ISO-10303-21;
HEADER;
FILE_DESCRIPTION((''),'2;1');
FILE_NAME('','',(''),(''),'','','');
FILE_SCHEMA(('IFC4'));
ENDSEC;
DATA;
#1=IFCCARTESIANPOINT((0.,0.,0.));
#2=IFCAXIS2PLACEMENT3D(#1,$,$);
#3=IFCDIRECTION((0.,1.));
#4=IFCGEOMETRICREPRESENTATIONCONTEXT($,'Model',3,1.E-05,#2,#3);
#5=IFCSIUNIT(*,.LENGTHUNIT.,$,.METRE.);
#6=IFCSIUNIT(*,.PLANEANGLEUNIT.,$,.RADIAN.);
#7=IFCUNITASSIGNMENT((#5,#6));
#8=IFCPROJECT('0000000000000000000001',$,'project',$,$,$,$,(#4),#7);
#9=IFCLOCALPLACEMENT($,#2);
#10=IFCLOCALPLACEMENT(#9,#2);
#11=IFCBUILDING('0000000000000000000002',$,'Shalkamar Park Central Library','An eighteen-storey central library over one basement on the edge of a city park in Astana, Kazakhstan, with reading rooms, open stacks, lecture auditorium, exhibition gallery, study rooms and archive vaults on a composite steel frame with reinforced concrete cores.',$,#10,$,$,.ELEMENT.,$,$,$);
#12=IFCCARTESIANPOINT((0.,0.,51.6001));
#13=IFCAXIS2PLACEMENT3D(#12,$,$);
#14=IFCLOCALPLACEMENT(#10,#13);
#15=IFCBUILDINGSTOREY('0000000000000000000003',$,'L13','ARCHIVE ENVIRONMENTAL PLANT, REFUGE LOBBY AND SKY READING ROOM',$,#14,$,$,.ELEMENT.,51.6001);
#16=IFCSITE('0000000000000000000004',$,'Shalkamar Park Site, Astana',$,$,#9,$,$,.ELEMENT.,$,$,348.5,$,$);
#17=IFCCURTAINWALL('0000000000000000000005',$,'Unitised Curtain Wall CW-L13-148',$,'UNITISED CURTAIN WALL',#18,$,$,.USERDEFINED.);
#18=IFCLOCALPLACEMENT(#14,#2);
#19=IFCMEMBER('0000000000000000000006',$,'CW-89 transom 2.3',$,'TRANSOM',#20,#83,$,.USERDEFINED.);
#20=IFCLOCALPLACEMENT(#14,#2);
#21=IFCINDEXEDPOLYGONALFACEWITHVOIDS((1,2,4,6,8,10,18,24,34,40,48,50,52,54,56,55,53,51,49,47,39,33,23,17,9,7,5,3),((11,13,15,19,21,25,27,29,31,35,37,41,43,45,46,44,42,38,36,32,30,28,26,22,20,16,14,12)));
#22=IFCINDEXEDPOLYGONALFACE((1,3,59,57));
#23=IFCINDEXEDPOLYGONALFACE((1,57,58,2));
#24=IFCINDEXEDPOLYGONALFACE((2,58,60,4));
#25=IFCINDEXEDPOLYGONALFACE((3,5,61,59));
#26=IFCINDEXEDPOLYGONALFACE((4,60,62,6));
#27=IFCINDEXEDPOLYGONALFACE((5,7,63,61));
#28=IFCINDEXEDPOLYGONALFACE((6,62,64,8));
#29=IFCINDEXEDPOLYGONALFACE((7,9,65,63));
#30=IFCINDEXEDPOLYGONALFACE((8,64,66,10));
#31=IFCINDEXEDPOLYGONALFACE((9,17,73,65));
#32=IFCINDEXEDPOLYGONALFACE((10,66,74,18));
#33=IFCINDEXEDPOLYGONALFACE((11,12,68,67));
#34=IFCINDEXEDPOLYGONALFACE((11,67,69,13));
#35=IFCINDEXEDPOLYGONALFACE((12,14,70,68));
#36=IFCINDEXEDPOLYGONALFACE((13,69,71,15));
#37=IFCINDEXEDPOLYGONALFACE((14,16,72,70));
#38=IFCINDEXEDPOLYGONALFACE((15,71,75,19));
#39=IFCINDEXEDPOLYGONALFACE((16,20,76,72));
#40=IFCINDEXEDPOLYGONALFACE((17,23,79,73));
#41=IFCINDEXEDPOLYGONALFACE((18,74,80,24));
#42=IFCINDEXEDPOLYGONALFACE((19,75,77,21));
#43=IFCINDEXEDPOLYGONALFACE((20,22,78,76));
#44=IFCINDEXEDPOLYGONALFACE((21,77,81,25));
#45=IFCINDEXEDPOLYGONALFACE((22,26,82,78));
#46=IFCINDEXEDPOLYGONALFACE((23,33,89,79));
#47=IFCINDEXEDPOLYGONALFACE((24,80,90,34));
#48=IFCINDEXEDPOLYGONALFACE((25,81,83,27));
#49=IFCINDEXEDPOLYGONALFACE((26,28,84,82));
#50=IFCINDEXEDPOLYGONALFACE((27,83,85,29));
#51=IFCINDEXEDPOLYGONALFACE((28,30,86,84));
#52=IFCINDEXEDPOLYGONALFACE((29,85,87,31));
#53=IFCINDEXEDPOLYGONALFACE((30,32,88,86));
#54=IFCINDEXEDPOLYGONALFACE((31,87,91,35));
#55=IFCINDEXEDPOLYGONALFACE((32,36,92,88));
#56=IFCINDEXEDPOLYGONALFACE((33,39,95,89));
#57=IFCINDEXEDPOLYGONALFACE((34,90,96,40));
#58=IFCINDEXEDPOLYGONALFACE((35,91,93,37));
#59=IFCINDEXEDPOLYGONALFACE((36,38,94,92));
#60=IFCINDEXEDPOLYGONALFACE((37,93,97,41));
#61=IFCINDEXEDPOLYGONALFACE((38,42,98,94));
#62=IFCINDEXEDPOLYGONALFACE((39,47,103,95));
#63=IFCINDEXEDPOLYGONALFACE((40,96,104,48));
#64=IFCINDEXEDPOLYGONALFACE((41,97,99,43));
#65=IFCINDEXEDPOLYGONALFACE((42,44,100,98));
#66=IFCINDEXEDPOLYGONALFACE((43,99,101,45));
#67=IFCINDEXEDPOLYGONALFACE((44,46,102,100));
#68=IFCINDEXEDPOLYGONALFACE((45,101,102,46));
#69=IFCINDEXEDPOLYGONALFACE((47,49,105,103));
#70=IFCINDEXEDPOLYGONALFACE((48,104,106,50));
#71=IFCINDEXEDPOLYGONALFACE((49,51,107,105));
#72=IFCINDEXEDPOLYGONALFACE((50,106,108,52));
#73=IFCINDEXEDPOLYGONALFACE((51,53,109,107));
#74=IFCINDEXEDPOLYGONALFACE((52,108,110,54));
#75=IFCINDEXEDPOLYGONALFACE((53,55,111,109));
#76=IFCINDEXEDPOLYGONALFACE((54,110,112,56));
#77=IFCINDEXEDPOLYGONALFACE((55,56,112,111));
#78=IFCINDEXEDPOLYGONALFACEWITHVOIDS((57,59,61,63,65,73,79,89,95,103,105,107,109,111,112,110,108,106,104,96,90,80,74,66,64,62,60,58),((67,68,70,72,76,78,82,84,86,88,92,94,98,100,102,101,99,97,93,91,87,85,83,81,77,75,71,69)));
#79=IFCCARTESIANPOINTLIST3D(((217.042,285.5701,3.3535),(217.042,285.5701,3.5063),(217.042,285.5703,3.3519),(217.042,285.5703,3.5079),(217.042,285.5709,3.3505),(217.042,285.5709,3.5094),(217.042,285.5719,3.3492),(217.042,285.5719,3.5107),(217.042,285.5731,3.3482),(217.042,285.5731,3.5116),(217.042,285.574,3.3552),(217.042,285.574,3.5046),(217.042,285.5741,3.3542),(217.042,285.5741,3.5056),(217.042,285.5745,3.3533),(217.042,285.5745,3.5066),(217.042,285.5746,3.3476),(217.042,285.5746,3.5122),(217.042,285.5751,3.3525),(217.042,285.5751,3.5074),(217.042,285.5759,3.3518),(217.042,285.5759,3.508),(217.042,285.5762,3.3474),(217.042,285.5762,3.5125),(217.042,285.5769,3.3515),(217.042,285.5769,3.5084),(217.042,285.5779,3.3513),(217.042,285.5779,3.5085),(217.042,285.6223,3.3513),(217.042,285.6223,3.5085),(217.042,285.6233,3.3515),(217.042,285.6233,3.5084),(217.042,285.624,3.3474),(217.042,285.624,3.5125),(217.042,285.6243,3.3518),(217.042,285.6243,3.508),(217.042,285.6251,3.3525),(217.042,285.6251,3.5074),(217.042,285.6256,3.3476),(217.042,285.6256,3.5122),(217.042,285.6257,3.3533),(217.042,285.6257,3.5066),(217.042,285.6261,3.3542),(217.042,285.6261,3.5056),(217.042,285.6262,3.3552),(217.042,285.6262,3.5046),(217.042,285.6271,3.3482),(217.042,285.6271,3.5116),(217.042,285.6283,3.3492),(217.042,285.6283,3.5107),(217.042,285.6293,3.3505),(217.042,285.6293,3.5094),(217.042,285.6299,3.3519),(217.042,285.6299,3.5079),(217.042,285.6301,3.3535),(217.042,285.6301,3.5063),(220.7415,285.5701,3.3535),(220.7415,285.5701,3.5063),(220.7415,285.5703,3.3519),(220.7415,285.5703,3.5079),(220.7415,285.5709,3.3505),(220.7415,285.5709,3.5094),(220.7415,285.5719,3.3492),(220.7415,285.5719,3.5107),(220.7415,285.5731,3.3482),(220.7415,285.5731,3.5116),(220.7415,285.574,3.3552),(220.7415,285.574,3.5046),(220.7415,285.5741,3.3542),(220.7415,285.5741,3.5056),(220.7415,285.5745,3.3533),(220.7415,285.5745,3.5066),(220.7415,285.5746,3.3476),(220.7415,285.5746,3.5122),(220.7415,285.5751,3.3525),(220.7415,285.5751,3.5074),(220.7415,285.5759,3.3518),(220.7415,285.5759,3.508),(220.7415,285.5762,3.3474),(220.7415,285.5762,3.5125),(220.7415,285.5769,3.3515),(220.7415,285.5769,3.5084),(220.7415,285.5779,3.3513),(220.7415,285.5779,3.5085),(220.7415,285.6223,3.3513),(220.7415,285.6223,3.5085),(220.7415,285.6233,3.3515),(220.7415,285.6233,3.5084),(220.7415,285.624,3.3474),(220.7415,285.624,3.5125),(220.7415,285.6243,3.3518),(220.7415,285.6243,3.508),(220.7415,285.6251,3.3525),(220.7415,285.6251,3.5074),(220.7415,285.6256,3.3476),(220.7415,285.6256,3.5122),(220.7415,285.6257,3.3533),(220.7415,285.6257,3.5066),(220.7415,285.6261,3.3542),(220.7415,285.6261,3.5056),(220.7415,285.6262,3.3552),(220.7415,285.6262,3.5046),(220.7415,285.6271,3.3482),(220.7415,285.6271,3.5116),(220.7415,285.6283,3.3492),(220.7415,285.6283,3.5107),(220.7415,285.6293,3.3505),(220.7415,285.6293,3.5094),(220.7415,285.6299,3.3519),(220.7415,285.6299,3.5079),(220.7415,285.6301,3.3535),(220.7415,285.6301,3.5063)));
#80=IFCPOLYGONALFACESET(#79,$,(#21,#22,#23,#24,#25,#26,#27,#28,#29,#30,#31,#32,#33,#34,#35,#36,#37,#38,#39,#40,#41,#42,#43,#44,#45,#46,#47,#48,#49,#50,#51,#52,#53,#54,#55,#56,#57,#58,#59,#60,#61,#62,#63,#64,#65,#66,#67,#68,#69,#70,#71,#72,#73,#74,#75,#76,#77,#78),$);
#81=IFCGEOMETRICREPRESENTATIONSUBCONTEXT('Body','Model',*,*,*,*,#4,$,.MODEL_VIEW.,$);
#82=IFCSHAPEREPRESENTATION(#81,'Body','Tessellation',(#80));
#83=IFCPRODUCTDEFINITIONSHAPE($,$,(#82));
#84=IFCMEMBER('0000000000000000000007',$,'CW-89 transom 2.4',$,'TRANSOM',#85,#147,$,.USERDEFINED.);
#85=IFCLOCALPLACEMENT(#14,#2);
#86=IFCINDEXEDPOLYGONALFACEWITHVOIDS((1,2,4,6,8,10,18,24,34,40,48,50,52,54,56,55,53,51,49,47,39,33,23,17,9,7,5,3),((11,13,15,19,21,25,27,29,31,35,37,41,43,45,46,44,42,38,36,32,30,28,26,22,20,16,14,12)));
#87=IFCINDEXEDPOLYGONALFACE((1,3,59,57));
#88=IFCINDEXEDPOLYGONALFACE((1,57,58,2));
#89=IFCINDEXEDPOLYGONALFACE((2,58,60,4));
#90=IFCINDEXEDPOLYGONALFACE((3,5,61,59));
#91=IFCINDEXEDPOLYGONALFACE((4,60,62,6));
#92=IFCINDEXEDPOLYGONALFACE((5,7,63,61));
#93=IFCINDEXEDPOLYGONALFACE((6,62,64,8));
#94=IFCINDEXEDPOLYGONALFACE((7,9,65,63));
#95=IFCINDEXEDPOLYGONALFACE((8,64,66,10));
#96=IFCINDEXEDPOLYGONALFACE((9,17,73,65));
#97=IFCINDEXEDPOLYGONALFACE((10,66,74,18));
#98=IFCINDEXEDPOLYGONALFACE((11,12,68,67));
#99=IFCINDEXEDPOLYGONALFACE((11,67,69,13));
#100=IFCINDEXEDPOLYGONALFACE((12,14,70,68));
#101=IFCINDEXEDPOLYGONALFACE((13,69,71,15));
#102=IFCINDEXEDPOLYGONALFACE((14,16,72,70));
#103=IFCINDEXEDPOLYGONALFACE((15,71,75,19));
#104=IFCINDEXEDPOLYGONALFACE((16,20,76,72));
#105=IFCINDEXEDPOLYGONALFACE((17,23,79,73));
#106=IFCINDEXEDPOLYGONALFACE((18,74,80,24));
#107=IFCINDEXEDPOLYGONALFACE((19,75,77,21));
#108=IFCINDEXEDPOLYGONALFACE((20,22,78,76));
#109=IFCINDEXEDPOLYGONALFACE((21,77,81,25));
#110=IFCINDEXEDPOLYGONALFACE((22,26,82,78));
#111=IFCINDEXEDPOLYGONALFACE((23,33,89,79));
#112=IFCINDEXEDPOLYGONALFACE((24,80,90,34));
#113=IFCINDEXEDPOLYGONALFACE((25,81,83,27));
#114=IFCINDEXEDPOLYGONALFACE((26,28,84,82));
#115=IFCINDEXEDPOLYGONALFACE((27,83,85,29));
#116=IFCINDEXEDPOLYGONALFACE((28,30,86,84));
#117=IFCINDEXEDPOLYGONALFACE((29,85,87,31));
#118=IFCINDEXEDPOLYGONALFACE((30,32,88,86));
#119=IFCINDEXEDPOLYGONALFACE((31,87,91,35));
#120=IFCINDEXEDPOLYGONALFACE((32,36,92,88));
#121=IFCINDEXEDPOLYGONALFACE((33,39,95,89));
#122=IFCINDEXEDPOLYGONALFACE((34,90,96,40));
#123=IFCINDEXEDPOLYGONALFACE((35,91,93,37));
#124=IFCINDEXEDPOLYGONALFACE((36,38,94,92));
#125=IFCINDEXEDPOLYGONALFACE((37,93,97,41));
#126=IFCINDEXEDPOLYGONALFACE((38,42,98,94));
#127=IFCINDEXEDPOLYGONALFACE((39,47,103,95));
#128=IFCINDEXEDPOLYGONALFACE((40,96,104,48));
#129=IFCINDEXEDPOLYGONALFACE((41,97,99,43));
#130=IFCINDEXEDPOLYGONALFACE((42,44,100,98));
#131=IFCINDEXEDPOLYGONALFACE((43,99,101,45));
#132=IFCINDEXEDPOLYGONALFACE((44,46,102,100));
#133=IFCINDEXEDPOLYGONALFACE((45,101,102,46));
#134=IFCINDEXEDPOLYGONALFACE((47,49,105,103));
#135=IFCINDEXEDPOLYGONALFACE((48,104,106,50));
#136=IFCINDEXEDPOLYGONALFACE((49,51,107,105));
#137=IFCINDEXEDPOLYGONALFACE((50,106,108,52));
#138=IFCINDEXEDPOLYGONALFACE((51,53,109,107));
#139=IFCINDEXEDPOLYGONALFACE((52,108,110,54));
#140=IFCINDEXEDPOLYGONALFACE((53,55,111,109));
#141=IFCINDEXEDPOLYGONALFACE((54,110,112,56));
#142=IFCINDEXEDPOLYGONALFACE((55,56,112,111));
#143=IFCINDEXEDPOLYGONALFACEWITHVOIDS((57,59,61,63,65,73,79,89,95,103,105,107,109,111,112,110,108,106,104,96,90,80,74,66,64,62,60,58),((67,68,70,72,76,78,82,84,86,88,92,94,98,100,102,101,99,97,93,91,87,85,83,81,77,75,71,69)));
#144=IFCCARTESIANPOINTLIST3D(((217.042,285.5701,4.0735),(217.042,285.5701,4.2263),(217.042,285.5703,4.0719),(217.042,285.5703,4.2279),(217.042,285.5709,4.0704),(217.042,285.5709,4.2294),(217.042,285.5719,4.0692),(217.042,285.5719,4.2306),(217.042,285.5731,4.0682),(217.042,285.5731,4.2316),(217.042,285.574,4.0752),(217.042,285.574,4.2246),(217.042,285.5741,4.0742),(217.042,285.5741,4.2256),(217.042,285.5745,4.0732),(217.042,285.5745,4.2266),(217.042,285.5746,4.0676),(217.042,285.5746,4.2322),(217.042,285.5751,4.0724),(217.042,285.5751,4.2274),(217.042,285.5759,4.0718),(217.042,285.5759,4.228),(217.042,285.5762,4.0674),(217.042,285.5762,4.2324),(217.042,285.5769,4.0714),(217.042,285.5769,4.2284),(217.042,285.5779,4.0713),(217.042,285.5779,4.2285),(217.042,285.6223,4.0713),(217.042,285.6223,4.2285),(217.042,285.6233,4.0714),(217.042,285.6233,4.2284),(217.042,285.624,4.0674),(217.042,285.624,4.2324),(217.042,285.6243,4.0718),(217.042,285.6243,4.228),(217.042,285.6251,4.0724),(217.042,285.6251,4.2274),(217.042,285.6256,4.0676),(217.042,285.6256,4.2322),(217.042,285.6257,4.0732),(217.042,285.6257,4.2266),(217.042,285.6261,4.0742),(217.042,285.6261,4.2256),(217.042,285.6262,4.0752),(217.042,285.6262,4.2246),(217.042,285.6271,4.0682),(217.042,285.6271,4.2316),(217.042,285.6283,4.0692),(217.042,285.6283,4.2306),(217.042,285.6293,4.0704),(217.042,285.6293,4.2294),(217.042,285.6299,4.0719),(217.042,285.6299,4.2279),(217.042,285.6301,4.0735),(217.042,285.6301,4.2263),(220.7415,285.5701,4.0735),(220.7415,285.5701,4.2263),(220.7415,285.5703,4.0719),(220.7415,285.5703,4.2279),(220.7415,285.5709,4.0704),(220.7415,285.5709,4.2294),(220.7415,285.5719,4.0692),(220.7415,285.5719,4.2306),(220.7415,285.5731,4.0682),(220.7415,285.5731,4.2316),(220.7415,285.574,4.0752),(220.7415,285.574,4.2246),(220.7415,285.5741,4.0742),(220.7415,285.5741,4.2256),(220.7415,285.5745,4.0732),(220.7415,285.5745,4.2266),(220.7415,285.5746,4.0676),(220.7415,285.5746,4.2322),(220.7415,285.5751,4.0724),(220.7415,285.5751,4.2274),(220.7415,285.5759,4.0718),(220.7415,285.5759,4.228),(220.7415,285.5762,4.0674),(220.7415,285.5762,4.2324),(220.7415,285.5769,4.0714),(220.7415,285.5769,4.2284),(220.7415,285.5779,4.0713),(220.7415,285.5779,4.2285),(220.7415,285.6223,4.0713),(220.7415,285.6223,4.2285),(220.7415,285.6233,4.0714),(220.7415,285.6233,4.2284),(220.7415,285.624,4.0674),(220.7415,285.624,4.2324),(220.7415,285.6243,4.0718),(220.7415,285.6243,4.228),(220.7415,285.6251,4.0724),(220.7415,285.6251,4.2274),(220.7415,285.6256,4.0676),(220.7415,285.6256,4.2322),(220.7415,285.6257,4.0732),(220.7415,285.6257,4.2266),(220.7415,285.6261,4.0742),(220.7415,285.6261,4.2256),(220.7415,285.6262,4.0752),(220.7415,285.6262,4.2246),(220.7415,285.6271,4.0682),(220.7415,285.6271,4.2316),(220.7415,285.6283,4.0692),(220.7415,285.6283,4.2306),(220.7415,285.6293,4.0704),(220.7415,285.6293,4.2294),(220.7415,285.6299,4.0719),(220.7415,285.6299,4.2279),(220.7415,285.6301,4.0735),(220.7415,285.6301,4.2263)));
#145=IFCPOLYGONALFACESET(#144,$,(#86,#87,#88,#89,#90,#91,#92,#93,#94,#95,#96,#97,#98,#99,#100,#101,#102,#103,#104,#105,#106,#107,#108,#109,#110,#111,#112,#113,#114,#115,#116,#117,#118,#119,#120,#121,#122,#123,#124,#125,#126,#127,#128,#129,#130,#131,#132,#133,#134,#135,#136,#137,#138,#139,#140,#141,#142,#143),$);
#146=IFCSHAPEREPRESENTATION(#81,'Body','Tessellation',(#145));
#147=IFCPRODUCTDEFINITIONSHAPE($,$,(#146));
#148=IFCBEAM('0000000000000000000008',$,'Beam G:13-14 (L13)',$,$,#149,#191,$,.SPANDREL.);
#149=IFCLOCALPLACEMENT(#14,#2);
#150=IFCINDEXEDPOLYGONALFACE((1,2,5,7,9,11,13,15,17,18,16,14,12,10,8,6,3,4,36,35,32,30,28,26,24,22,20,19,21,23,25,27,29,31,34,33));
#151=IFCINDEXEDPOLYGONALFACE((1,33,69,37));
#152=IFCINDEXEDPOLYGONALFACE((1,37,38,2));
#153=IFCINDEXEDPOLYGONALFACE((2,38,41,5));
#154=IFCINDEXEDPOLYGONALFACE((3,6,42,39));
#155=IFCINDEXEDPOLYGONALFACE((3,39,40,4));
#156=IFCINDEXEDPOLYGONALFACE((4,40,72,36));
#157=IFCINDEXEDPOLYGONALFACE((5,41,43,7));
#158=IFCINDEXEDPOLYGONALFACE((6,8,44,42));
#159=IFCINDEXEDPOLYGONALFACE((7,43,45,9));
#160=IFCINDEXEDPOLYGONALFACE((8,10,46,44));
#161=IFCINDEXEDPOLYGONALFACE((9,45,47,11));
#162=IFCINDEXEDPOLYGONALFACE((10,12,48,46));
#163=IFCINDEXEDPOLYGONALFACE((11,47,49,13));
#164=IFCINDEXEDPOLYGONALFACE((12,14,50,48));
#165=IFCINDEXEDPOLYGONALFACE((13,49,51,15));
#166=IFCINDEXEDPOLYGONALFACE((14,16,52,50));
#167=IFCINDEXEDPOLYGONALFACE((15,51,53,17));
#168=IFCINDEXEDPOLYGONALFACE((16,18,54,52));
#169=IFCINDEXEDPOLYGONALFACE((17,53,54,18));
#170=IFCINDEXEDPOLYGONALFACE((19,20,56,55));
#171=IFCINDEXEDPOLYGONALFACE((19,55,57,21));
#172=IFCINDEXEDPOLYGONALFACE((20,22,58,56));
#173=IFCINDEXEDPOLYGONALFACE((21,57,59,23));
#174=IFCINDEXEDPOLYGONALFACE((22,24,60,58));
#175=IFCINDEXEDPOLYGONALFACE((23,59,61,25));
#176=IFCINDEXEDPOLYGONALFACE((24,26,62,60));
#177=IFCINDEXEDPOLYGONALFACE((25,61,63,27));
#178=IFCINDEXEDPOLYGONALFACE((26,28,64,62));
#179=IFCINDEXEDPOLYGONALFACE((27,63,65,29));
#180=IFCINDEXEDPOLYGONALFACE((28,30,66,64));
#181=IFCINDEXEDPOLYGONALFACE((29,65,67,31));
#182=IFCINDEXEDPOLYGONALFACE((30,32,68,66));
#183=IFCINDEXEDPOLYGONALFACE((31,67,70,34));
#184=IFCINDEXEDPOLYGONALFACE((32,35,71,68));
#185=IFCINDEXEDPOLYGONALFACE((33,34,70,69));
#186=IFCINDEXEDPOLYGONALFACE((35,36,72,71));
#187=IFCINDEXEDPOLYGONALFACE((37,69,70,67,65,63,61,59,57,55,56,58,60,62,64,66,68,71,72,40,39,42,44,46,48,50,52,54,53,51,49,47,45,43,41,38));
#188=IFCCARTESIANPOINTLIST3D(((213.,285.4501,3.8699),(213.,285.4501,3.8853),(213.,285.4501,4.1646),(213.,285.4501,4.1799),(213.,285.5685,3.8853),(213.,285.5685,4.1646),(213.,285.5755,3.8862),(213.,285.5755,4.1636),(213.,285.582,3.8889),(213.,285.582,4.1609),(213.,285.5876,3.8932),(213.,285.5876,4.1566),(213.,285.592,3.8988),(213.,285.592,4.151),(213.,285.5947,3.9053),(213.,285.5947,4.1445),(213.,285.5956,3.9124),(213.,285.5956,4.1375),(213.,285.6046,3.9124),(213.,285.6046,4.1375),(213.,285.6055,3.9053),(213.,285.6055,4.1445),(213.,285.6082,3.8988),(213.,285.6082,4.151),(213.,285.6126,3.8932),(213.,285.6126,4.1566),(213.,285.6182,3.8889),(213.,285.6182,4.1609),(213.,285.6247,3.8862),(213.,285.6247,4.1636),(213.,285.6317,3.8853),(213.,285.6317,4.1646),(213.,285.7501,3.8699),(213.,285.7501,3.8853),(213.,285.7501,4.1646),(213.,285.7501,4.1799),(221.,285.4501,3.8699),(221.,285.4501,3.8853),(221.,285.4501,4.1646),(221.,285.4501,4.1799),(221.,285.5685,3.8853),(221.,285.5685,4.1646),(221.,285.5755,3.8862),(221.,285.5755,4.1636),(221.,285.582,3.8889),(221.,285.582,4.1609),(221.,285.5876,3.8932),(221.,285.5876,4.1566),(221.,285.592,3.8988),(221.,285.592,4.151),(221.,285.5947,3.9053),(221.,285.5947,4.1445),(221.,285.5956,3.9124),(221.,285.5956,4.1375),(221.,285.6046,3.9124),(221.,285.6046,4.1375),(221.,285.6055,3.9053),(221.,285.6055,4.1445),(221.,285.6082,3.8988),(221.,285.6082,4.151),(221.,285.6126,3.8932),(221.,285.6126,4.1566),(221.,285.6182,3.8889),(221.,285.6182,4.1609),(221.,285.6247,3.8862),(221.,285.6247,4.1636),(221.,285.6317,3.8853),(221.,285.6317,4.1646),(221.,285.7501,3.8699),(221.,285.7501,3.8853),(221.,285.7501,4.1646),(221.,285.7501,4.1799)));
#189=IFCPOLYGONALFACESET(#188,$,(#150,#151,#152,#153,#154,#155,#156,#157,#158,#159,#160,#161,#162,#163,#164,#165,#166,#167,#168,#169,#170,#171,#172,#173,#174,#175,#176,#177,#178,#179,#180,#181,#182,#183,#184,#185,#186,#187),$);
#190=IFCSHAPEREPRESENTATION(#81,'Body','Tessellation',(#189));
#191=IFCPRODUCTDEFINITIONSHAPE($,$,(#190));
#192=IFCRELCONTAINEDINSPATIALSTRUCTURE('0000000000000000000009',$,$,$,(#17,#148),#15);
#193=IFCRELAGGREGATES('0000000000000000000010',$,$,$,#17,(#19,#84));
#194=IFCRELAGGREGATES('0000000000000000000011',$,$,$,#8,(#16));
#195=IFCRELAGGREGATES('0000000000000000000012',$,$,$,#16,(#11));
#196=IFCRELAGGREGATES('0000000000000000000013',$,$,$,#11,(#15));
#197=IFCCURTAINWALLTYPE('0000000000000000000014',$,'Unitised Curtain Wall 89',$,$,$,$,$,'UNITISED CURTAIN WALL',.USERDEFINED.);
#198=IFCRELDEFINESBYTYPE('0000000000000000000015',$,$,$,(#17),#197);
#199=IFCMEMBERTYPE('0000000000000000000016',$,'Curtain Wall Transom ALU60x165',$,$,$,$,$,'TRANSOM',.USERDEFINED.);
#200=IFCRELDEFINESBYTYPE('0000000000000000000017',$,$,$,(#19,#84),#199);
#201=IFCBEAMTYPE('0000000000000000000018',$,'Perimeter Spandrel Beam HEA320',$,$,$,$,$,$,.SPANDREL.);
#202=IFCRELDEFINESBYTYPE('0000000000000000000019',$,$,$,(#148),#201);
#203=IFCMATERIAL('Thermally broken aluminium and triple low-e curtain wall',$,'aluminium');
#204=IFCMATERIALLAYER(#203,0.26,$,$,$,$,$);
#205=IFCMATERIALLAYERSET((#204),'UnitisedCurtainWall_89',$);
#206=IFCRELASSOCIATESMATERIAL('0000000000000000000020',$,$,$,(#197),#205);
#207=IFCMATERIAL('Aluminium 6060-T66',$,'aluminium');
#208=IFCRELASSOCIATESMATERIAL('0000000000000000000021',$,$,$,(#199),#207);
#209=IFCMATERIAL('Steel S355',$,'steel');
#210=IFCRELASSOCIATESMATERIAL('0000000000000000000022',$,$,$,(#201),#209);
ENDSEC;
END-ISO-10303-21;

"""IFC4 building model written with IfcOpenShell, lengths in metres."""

from ifc_helpers import new_model, si_unit, direction, frame, origin, origin_2d, place, context, subcontext, project, spatial, hollow_rectangle, i_section, extrude, material, layer, layer_set, material_profile, profile_set, type_object, element, aggregate, save


model = new_model("IFC4")

# Units and contexts
model_context = context("Model", 3, precision=1e-05, world=origin(), true_north=direction((0.0, 1.0)))
body_context = subcontext(model_context, "Body", "Model", "MODEL_VIEW")
ifc_project = project(units=[si_unit("LENGTHUNIT", "METRE"), si_unit("PLANEANGLEUNIT", "RADIAN")], contexts=[model_context])

# Site, building, storey
site_placement = place(None, origin())
site = spatial("IfcSite", under=ifc_project, at=site_placement, Name="Shalkamar Park Site, Astana", CompositionType="ELEMENT", RefElevation=348.5)
building_placement = place(site_placement, origin())
building = spatial("IfcBuilding", under=site, at=building_placement, Name="Shalkamar Park Central Library", Description="An eighteen-storey central library over one basement on the edge of a city park in Astana, Kazakhstan, with reading rooms, open stacks, lecture auditorium, exhibition gallery, study rooms and archive vaults on a composite steel frame with reinforced concrete cores.", CompositionType="ELEMENT")
storey_placement = place(building_placement, frame((0.0, 0.0, 51.6001)))
storey = spatial("IfcBuildingStorey", under=building, at=storey_placement, Name="L13", Description="ARCHIVE ENVIRONMENTAL PLANT, REFUGE LOBBY AND SKY READING ROOM", CompositionType="ELEMENT", Elevation=51.6001)

# Shared definitions
ifc_material_1 = material(Name="Steel S355", Category="steel")

# Shared definitions
ifc_material_2 = material(Name="Thermally broken aluminium and triple low-e curtain wall", Category="aluminium")
ifc_material_3 = material(Name="Aluminium 6060-T66", Category="aluminium")

# Curtain wall
ifc_layer_1 = layer(ifc_material_2, 0.26)
ifc_layer_set_1 = layer_set([ifc_layer_1], Name="UnitisedCurtainWall_89")
curtain_wall_type_1 = type_object("IfcCurtainWallType", Name="Unitised Curtain Wall 89", ElementType="UNITISED CURTAIN WALL", PredefinedType="USERDEFINED", material=ifc_layer_set_1)
curtain_wall_1_placement = place(storey_placement, origin())
curtain_wall_1 = element("IfcCurtainWall", 1, at=curtain_wall_1_placement, inside=storey, type_object=curtain_wall_type_1, Name="Unitised Curtain Wall CW-L13-148", ObjectType="UNITISED CURTAIN WALL", PredefinedType="USERDEFINED")

# Members
ifc_material_profile_1 = material_profile(ifc_material_3, hollow_rectangle(XDim=0.0601, YDim=0.165, WallThickness=0.0039, InnerFilletRadius=0.0039, OuterFilletRadius=0.0061, at=origin_2d()), Name="ALU 60x165x4")
ifc_profile_set_1 = profile_set([ifc_material_profile_1], Name="Aluminium 6060-T66")
member_type_1 = type_object("IfcMemberType", Name="Curtain Wall Transom ALU60x165", ElementType="TRANSOM", PredefinedType="USERDEFINED", material=ifc_profile_set_1)
member_1_placement = place(storey_placement, frame((217.042, 285.6001, 3.4299), z_axis=(1.0, 0.0, 0.0), x_axis=(0.0, 1.0, 0.0)))
member_1 = element("IfcMember", 2, at=member_1_placement, type_object=member_type_1, Name="CW-89 transom 2.3", ObjectType="TRANSOM", PredefinedType="USERDEFINED", context=body_context, shape_type="SweptSolid", body=[
    extrude(hollow_rectangle(XDim=0.0601, YDim=0.165, WallThickness=0.0039, InnerFilletRadius=0.0039, OuterFilletRadius=0.0061, at=origin_2d()), origin(), (0.0, 0.0, 1.0), 3.6995),
])
member_2_placement = place(storey_placement, frame((217.042, 285.6001, 4.1499), z_axis=(1.0, 0.0, 0.0), x_axis=(0.0, 1.0, 0.0)))
member_2 = element("IfcMember", 3, at=member_2_placement, type_object=member_type_1, Name="CW-89 transom 2.4", ObjectType="TRANSOM", PredefinedType="USERDEFINED", context=body_context, shape_type="SweptSolid", body=[
    extrude(hollow_rectangle(XDim=0.0601, YDim=0.165, WallThickness=0.0039, InnerFilletRadius=0.0039, OuterFilletRadius=0.0061, at=origin_2d()), origin(), (0.0, 0.0, 1.0), 3.6995),
])

# Beam
ifc_material_profile_2 = material_profile(ifc_material_1, i_section(OverallWidth=0.3, OverallDepth=0.3101, WebThickness=0.009, FlangeThickness=0.0154, FilletRadius=0.0271, at=origin_2d()), Name="HEA 320")
ifc_profile_set_2 = profile_set([ifc_material_profile_2], Name="Steel S355")
beam_type = type_object("IfcBeamType", Name="Perimeter Spandrel Beam HEA320", PredefinedType="SPANDREL", material=ifc_profile_set_2)
beam_placement = place(storey_placement, frame((213.0, 285.6001, 4.0249), z_axis=(1.0, 0.0, 0.0), x_axis=(0.0, 1.0, 0.0)))
element("IfcBeam", 4, at=beam_placement, inside=storey, type_object=beam_type, Name="Beam G:13-14 (L13)", PredefinedType="SPANDREL", context=body_context, shape_type="SweptSolid", body=[
    extrude(i_section(OverallWidth=0.3, OverallDepth=0.3101, WebThickness=0.009, FlangeThickness=0.0154, FilletRadius=0.0271, at=origin_2d()), origin(), (0.0, 0.0, 1.0), 8.0),
])

aggregate(curtain_wall_1, [member_1, member_2])

save(model, "model.ifc")
